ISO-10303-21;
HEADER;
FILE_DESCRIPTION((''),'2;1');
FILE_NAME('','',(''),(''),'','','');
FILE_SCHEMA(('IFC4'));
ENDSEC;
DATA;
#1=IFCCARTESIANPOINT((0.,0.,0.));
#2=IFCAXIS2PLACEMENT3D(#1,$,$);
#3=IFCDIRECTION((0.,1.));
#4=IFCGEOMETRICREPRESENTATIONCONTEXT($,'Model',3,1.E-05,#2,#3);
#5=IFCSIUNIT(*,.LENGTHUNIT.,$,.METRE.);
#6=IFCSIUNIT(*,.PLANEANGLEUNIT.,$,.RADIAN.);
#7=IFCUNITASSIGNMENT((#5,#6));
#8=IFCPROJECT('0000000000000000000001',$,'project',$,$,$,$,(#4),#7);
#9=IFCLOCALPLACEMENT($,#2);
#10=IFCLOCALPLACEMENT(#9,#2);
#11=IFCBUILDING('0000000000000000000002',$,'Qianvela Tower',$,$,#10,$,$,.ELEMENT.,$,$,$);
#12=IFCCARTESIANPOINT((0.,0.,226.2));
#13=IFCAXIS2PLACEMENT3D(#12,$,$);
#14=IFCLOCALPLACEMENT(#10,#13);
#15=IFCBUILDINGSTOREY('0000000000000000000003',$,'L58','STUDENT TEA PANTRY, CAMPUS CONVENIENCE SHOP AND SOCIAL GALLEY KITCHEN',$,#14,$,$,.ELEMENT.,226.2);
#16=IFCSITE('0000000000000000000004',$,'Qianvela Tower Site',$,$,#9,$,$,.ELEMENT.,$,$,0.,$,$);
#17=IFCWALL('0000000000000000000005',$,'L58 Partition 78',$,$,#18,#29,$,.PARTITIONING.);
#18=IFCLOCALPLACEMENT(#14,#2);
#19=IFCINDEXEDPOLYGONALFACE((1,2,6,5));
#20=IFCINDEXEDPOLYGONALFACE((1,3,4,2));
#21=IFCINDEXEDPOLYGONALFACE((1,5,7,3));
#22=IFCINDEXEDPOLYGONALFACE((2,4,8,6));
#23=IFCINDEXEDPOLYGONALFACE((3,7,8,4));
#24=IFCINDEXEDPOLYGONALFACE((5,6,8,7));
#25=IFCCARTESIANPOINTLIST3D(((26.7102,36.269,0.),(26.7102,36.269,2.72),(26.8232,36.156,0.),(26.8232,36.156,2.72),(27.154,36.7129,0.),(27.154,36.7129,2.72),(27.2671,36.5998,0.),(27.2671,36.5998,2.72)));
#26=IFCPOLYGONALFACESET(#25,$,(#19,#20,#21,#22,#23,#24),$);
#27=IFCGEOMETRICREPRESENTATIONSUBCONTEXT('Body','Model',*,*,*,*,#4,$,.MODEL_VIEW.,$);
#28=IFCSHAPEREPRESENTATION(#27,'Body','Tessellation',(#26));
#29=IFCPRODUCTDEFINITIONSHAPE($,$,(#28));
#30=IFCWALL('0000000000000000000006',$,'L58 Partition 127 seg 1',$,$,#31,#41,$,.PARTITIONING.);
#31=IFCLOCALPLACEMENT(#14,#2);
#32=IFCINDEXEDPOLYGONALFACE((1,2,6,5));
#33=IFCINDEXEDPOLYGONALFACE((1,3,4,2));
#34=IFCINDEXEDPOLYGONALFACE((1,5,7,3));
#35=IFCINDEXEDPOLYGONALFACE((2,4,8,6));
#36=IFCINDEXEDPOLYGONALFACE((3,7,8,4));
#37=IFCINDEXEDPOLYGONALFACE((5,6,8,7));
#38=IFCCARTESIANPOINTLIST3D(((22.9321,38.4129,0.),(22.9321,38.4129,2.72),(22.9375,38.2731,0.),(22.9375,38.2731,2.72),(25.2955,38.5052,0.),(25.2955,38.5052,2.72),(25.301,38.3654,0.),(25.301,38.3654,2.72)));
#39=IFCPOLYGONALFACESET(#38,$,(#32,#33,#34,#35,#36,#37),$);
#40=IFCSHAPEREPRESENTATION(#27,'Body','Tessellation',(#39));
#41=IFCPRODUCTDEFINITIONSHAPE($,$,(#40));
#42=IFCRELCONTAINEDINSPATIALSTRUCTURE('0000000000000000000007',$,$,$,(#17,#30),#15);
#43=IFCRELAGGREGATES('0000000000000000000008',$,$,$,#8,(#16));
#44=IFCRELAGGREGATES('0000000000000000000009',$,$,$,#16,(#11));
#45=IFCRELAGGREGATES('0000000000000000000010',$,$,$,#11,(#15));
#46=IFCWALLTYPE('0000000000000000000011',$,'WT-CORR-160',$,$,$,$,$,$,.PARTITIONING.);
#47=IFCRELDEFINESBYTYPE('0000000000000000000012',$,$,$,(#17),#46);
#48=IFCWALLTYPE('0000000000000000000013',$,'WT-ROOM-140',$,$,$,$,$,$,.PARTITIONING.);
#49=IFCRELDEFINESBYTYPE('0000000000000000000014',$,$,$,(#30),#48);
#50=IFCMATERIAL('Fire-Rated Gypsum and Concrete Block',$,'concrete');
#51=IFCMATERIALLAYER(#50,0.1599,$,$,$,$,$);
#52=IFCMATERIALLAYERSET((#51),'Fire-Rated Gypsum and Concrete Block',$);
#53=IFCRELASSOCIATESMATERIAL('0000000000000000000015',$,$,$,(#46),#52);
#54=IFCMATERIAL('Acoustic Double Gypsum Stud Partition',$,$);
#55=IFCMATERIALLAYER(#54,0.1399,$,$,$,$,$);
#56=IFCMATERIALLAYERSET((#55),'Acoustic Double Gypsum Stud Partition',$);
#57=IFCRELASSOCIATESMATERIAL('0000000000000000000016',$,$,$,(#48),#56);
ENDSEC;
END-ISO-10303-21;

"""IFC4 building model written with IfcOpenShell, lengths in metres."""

from ifc_helpers import new_model, si_unit, direction, frame, frame_2d, origin, place, context, subcontext, project, spatial, rectangle, extrude, material, layer, layer_set, type_object, element, save


model = new_model("IFC4")

# Units and contexts
model_context = context("Model", 3, precision=1e-05, world=origin(), true_north=direction((0.0, 1.0)))
body_context = subcontext(model_context, "Body", "Model", "MODEL_VIEW")
ifc_project = project(units=[si_unit("LENGTHUNIT", "METRE"), si_unit("PLANEANGLEUNIT", "RADIAN")], contexts=[model_context])

# Site, building, storey
site_placement = place(None, origin())
site = spatial("IfcSite", under=ifc_project, at=site_placement, Name="Qianvela Tower Site", CompositionType="ELEMENT", RefElevation=0.0)
building_placement = place(site_placement, origin())
building = spatial("IfcBuilding", under=site, at=building_placement, Name="Qianvela Tower", CompositionType="ELEMENT")
storey_placement = place(building_placement, frame((0.0, 0.0, 226.2)))
storey = spatial("IfcBuildingStorey", under=building, at=storey_placement, Name="L58", Description="STUDENT TEA PANTRY, CAMPUS CONVENIENCE SHOP AND SOCIAL GALLEY KITCHEN", CompositionType="ELEMENT", Elevation=226.2)

# Walls
ifc_material_1 = material(Name="Fire-Rated Gypsum and Concrete Block", Category="concrete")
ifc_layer_1 = layer(ifc_material_1, 0.1599)
ifc_layer_set_1 = layer_set([ifc_layer_1], Name="Fire-Rated Gypsum and Concrete Block")
wall_type_1 = type_object("IfcWallType", Name="WT-CORR-160", PredefinedType="PARTITIONING", material=ifc_layer_set_1)
wall_1_placement = place(storey_placement, frame((26.7666, 36.2124, 0.0), z_axis=(0.0, 0.0, 1.0), x_axis=(0.707107, 0.707107, 0.0)))
element("IfcWall", 1, at=wall_1_placement, inside=storey, type_object=wall_type_1, Name="L58 Partition 78", PredefinedType="PARTITIONING", context=body_context, shape_type="SweptSolid", body=[
    extrude(rectangle(XDim=0.6277, YDim=0.1599, at=frame_2d((0.314, 0.0))), origin(), (0.0, 0.0, 1.0), 2.72),
])
ifc_material_2 = material(Name="Acoustic Double Gypsum Stud Partition")
ifc_layer_2 = layer(ifc_material_2, 0.1399)
ifc_layer_set_2 = layer_set([ifc_layer_2], Name="Acoustic Double Gypsum Stud Partition")
wall_type_2 = type_object("IfcWallType", Name="WT-ROOM-140", PredefinedType="PARTITIONING", material=ifc_layer_set_2)
wall_2_placement = place(storey_placement, frame((22.9348, 38.343, 0.0), z_axis=(0.0, 0.0, 1.0), x_axis=(0.999239, 0.039016, 0.0)))
element("IfcWall", 2, at=wall_2_placement, inside=storey, type_object=wall_type_2, Name="L58 Partition 127 seg 1", PredefinedType="PARTITIONING", context=body_context, shape_type="SweptSolid", body=[
    extrude(rectangle(XDim=2.3652, YDim=0.1399, at=frame_2d((1.1826, 0.0))), origin(), (0.0, 0.0, 1.0), 2.72),
])

save(model, "model.ifc")
